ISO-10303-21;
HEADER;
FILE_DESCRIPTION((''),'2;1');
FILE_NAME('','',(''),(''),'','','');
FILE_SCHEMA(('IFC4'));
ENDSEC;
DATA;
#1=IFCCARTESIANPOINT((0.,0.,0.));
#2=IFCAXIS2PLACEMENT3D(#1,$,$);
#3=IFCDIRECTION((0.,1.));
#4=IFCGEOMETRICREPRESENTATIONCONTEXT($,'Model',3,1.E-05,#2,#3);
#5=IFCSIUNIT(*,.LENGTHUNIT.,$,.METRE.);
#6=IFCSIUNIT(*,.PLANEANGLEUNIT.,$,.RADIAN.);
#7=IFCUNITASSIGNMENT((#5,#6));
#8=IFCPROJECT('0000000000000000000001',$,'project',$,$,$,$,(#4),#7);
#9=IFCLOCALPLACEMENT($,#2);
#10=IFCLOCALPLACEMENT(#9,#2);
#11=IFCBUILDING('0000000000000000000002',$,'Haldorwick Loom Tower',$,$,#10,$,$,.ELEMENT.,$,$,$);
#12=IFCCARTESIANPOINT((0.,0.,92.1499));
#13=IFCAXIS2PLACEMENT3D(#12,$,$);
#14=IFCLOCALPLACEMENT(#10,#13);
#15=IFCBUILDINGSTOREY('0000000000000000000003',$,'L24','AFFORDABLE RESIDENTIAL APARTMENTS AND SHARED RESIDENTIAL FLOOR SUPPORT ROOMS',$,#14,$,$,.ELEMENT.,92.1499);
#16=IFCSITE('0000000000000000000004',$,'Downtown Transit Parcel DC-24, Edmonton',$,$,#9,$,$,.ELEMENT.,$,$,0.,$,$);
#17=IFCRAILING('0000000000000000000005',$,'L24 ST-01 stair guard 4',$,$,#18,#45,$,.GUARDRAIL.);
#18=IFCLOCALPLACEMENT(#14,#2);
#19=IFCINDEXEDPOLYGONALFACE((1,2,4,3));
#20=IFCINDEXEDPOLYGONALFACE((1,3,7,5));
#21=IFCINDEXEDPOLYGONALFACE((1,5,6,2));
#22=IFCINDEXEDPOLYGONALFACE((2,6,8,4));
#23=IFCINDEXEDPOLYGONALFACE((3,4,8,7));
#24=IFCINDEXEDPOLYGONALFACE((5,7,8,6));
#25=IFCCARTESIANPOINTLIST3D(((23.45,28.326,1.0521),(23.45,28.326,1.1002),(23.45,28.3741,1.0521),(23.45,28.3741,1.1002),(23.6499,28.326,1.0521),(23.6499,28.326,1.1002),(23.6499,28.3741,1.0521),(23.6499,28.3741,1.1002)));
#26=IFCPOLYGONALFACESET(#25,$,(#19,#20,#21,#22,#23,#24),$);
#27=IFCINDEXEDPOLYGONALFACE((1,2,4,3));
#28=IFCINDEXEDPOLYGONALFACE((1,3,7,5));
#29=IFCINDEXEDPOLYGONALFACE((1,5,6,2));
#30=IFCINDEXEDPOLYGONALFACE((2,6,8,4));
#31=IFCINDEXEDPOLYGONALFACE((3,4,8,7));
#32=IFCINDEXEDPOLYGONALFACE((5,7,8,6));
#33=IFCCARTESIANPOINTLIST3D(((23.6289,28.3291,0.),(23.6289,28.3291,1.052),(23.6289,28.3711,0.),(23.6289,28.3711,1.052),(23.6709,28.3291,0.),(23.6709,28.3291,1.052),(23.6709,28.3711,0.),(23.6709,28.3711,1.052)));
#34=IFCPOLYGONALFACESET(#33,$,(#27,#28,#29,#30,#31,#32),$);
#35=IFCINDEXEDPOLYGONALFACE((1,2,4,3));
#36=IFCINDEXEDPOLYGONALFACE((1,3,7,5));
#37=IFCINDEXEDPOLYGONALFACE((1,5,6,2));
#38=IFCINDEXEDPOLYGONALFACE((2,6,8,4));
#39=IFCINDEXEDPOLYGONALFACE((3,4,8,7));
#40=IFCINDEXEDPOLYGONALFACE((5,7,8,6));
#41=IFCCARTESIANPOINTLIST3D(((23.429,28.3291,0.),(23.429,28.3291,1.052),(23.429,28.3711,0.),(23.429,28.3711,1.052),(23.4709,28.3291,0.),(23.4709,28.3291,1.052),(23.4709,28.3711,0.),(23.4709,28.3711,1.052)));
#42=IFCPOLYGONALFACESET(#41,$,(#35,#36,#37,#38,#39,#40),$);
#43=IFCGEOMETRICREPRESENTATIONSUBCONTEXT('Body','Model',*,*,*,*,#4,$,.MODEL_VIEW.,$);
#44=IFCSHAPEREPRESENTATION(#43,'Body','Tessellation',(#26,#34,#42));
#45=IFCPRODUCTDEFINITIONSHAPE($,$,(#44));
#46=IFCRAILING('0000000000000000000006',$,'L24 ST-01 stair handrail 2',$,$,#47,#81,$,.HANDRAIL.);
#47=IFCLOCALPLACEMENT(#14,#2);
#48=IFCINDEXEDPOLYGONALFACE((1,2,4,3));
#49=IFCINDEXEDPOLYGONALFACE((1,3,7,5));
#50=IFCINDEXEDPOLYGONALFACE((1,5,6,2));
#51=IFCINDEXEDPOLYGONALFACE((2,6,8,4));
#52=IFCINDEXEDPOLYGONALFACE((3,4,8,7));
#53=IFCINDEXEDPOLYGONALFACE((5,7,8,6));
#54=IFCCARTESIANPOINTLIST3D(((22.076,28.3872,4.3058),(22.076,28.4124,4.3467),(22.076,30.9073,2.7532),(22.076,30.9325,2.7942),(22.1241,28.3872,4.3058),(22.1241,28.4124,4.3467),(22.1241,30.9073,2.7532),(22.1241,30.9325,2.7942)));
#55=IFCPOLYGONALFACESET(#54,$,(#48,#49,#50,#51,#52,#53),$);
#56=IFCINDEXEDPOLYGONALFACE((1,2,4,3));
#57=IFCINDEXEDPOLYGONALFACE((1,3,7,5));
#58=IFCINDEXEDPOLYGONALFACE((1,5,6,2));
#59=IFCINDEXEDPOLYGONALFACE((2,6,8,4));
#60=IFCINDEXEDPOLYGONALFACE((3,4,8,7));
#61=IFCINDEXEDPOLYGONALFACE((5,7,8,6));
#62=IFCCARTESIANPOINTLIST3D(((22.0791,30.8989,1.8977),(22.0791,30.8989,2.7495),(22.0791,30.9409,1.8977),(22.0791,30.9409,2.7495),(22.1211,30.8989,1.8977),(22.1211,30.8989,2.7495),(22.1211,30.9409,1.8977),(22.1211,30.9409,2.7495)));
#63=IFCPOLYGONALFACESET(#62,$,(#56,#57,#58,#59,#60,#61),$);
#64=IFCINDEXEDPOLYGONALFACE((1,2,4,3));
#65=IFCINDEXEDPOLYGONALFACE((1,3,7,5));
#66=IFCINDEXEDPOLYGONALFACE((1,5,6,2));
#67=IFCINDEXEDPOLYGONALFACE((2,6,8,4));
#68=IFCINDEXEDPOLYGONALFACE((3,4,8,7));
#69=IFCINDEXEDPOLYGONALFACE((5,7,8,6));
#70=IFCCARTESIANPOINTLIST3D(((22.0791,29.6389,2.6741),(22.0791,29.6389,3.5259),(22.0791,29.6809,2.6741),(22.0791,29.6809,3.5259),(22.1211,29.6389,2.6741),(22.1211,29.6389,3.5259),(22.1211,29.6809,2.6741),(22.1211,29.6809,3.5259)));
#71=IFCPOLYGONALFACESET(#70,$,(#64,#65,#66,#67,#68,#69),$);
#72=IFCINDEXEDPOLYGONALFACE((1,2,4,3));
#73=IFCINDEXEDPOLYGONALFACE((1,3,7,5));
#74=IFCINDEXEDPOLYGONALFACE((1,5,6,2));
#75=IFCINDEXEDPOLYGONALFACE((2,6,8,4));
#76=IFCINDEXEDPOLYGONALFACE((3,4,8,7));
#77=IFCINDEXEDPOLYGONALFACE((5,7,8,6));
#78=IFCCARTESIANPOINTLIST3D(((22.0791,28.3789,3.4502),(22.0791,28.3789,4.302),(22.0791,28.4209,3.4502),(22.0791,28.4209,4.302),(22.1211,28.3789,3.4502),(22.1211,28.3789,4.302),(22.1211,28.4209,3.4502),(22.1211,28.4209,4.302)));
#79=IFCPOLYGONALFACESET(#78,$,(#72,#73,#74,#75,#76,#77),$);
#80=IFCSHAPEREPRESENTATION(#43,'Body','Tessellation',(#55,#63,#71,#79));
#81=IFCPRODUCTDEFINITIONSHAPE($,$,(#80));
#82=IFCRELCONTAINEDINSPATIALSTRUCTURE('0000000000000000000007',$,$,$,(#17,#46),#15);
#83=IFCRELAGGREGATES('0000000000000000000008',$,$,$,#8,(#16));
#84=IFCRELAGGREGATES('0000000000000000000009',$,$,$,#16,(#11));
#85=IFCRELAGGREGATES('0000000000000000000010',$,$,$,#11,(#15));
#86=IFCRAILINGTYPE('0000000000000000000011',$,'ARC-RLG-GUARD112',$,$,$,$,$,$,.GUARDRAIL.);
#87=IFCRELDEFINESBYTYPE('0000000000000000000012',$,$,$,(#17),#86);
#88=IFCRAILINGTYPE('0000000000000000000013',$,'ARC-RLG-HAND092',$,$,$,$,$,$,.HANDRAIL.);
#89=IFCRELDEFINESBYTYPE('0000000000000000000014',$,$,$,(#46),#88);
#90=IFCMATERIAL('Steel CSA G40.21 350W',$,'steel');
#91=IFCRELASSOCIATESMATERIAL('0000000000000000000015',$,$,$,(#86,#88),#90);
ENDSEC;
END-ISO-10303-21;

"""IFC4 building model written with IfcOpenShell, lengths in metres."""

from ifc_helpers import new_model, si_unit, direction, frame, origin, origin_2d, place, context, subcontext, project, spatial, rectangle, extrude, material, type_object, element, save


model = new_model("IFC4")

# Units and contexts
model_context = context("Model", 3, precision=1e-05, world=origin(), true_north=direction((0.0, 1.0)))
body_context = subcontext(model_context, "Body", "Model", "MODEL_VIEW")
ifc_project = project(units=[si_unit("LENGTHUNIT", "METRE"), si_unit("PLANEANGLEUNIT", "RADIAN")], contexts=[model_context])

# Site, building, storey
site_placement = place(None, origin())
site = spatial("IfcSite", under=ifc_project, at=site_placement, Name="Downtown Transit Parcel DC-24, Edmonton", CompositionType="ELEMENT", RefElevation=0.0)
building_placement = place(site_placement, origin())
building = spatial("IfcBuilding", under=site, at=building_placement, Name="Haldorwick Loom Tower", CompositionType="ELEMENT")
storey_placement = place(building_placement, frame((0.0, 0.0, 92.1499)))
storey = spatial("IfcBuildingStorey", under=building, at=storey_placement, Name="L24", Description="AFFORDABLE RESIDENTIAL APARTMENTS AND SHARED RESIDENTIAL FLOOR SUPPORT ROOMS", CompositionType="ELEMENT", Elevation=92.1499)

# Shared definitions
ifc_material_1 = material(Name="Steel CSA G40.21 350W", Category="steel")

# Railings
railing_type_1 = type_object("IfcRailingType", Name="ARC-RLG-GUARD112", PredefinedType="GUARDRAIL", material=ifc_material_1)
railing_1_placement = place(storey_placement, frame((23.6499, 28.3501, 0.0)))
element("IfcRailing", 1, at=railing_1_placement, inside=storey, type_object=railing_type_1, Name="L24 ST-01 stair guard 4", PredefinedType="GUARDRAIL", context=body_context, shape_type="SweptSolid", body=[
    extrude(rectangle(XDim=0.0481, YDim=0.0481, at=origin_2d()), frame((0.0, 0.0, 1.0762), z_axis=(-1.0, 0.0, 0.0), x_axis=(0.0, -1.0, 0.0)), (0.0, 0.0, 1.0), 0.2),
    extrude(rectangle(XDim=0.042, YDim=0.042, at=origin_2d()), origin(), (0.0, 0.0, 1.0), 1.052),
    extrude(rectangle(XDim=0.042, YDim=0.042, at=origin_2d()), frame((-0.2, 0.0, 0.0)), (0.0, 0.0, 1.0), 1.052),
])
railing_type_2 = type_object("IfcRailingType", Name="ARC-RLG-HAND092", PredefinedType="HANDRAIL", material=ifc_material_1)
railing_2_placement = place(storey_placement, frame((22.1001, 30.9199, 1.8977)))
element("IfcRailing", 2, at=railing_2_placement, inside=storey, type_object=railing_type_2, Name="L24 ST-01 stair handrail 2", PredefinedType="HANDRAIL", context=body_context, shape_type="SweptSolid", body=[
    extrude(rectangle(XDim=0.0481, YDim=0.0481, at=origin_2d()), frame((0.0, 0.0, 0.876), z_axis=(0.0, -0.8514, 0.524516), x_axis=(1.0, 0.0, 0.0)), (0.0, 0.0, 1.0), 2.96),
    extrude(rectangle(XDim=0.042, YDim=0.042, at=origin_2d()), origin(), (0.0, 0.0, 1.0), 0.8518),
    extrude(rectangle(XDim=0.042, YDim=0.042, at=origin_2d()), frame((0.0, -1.26, 0.7764)), (0.0, 0.0, 1.0), 0.8518),
    extrude(rectangle(XDim=0.042, YDim=0.042, at=origin_2d()), frame((0.0, -2.52, 1.5525)), (0.0, 0.0, 1.0), 0.8518),
])

save(model, "model.ifc")
